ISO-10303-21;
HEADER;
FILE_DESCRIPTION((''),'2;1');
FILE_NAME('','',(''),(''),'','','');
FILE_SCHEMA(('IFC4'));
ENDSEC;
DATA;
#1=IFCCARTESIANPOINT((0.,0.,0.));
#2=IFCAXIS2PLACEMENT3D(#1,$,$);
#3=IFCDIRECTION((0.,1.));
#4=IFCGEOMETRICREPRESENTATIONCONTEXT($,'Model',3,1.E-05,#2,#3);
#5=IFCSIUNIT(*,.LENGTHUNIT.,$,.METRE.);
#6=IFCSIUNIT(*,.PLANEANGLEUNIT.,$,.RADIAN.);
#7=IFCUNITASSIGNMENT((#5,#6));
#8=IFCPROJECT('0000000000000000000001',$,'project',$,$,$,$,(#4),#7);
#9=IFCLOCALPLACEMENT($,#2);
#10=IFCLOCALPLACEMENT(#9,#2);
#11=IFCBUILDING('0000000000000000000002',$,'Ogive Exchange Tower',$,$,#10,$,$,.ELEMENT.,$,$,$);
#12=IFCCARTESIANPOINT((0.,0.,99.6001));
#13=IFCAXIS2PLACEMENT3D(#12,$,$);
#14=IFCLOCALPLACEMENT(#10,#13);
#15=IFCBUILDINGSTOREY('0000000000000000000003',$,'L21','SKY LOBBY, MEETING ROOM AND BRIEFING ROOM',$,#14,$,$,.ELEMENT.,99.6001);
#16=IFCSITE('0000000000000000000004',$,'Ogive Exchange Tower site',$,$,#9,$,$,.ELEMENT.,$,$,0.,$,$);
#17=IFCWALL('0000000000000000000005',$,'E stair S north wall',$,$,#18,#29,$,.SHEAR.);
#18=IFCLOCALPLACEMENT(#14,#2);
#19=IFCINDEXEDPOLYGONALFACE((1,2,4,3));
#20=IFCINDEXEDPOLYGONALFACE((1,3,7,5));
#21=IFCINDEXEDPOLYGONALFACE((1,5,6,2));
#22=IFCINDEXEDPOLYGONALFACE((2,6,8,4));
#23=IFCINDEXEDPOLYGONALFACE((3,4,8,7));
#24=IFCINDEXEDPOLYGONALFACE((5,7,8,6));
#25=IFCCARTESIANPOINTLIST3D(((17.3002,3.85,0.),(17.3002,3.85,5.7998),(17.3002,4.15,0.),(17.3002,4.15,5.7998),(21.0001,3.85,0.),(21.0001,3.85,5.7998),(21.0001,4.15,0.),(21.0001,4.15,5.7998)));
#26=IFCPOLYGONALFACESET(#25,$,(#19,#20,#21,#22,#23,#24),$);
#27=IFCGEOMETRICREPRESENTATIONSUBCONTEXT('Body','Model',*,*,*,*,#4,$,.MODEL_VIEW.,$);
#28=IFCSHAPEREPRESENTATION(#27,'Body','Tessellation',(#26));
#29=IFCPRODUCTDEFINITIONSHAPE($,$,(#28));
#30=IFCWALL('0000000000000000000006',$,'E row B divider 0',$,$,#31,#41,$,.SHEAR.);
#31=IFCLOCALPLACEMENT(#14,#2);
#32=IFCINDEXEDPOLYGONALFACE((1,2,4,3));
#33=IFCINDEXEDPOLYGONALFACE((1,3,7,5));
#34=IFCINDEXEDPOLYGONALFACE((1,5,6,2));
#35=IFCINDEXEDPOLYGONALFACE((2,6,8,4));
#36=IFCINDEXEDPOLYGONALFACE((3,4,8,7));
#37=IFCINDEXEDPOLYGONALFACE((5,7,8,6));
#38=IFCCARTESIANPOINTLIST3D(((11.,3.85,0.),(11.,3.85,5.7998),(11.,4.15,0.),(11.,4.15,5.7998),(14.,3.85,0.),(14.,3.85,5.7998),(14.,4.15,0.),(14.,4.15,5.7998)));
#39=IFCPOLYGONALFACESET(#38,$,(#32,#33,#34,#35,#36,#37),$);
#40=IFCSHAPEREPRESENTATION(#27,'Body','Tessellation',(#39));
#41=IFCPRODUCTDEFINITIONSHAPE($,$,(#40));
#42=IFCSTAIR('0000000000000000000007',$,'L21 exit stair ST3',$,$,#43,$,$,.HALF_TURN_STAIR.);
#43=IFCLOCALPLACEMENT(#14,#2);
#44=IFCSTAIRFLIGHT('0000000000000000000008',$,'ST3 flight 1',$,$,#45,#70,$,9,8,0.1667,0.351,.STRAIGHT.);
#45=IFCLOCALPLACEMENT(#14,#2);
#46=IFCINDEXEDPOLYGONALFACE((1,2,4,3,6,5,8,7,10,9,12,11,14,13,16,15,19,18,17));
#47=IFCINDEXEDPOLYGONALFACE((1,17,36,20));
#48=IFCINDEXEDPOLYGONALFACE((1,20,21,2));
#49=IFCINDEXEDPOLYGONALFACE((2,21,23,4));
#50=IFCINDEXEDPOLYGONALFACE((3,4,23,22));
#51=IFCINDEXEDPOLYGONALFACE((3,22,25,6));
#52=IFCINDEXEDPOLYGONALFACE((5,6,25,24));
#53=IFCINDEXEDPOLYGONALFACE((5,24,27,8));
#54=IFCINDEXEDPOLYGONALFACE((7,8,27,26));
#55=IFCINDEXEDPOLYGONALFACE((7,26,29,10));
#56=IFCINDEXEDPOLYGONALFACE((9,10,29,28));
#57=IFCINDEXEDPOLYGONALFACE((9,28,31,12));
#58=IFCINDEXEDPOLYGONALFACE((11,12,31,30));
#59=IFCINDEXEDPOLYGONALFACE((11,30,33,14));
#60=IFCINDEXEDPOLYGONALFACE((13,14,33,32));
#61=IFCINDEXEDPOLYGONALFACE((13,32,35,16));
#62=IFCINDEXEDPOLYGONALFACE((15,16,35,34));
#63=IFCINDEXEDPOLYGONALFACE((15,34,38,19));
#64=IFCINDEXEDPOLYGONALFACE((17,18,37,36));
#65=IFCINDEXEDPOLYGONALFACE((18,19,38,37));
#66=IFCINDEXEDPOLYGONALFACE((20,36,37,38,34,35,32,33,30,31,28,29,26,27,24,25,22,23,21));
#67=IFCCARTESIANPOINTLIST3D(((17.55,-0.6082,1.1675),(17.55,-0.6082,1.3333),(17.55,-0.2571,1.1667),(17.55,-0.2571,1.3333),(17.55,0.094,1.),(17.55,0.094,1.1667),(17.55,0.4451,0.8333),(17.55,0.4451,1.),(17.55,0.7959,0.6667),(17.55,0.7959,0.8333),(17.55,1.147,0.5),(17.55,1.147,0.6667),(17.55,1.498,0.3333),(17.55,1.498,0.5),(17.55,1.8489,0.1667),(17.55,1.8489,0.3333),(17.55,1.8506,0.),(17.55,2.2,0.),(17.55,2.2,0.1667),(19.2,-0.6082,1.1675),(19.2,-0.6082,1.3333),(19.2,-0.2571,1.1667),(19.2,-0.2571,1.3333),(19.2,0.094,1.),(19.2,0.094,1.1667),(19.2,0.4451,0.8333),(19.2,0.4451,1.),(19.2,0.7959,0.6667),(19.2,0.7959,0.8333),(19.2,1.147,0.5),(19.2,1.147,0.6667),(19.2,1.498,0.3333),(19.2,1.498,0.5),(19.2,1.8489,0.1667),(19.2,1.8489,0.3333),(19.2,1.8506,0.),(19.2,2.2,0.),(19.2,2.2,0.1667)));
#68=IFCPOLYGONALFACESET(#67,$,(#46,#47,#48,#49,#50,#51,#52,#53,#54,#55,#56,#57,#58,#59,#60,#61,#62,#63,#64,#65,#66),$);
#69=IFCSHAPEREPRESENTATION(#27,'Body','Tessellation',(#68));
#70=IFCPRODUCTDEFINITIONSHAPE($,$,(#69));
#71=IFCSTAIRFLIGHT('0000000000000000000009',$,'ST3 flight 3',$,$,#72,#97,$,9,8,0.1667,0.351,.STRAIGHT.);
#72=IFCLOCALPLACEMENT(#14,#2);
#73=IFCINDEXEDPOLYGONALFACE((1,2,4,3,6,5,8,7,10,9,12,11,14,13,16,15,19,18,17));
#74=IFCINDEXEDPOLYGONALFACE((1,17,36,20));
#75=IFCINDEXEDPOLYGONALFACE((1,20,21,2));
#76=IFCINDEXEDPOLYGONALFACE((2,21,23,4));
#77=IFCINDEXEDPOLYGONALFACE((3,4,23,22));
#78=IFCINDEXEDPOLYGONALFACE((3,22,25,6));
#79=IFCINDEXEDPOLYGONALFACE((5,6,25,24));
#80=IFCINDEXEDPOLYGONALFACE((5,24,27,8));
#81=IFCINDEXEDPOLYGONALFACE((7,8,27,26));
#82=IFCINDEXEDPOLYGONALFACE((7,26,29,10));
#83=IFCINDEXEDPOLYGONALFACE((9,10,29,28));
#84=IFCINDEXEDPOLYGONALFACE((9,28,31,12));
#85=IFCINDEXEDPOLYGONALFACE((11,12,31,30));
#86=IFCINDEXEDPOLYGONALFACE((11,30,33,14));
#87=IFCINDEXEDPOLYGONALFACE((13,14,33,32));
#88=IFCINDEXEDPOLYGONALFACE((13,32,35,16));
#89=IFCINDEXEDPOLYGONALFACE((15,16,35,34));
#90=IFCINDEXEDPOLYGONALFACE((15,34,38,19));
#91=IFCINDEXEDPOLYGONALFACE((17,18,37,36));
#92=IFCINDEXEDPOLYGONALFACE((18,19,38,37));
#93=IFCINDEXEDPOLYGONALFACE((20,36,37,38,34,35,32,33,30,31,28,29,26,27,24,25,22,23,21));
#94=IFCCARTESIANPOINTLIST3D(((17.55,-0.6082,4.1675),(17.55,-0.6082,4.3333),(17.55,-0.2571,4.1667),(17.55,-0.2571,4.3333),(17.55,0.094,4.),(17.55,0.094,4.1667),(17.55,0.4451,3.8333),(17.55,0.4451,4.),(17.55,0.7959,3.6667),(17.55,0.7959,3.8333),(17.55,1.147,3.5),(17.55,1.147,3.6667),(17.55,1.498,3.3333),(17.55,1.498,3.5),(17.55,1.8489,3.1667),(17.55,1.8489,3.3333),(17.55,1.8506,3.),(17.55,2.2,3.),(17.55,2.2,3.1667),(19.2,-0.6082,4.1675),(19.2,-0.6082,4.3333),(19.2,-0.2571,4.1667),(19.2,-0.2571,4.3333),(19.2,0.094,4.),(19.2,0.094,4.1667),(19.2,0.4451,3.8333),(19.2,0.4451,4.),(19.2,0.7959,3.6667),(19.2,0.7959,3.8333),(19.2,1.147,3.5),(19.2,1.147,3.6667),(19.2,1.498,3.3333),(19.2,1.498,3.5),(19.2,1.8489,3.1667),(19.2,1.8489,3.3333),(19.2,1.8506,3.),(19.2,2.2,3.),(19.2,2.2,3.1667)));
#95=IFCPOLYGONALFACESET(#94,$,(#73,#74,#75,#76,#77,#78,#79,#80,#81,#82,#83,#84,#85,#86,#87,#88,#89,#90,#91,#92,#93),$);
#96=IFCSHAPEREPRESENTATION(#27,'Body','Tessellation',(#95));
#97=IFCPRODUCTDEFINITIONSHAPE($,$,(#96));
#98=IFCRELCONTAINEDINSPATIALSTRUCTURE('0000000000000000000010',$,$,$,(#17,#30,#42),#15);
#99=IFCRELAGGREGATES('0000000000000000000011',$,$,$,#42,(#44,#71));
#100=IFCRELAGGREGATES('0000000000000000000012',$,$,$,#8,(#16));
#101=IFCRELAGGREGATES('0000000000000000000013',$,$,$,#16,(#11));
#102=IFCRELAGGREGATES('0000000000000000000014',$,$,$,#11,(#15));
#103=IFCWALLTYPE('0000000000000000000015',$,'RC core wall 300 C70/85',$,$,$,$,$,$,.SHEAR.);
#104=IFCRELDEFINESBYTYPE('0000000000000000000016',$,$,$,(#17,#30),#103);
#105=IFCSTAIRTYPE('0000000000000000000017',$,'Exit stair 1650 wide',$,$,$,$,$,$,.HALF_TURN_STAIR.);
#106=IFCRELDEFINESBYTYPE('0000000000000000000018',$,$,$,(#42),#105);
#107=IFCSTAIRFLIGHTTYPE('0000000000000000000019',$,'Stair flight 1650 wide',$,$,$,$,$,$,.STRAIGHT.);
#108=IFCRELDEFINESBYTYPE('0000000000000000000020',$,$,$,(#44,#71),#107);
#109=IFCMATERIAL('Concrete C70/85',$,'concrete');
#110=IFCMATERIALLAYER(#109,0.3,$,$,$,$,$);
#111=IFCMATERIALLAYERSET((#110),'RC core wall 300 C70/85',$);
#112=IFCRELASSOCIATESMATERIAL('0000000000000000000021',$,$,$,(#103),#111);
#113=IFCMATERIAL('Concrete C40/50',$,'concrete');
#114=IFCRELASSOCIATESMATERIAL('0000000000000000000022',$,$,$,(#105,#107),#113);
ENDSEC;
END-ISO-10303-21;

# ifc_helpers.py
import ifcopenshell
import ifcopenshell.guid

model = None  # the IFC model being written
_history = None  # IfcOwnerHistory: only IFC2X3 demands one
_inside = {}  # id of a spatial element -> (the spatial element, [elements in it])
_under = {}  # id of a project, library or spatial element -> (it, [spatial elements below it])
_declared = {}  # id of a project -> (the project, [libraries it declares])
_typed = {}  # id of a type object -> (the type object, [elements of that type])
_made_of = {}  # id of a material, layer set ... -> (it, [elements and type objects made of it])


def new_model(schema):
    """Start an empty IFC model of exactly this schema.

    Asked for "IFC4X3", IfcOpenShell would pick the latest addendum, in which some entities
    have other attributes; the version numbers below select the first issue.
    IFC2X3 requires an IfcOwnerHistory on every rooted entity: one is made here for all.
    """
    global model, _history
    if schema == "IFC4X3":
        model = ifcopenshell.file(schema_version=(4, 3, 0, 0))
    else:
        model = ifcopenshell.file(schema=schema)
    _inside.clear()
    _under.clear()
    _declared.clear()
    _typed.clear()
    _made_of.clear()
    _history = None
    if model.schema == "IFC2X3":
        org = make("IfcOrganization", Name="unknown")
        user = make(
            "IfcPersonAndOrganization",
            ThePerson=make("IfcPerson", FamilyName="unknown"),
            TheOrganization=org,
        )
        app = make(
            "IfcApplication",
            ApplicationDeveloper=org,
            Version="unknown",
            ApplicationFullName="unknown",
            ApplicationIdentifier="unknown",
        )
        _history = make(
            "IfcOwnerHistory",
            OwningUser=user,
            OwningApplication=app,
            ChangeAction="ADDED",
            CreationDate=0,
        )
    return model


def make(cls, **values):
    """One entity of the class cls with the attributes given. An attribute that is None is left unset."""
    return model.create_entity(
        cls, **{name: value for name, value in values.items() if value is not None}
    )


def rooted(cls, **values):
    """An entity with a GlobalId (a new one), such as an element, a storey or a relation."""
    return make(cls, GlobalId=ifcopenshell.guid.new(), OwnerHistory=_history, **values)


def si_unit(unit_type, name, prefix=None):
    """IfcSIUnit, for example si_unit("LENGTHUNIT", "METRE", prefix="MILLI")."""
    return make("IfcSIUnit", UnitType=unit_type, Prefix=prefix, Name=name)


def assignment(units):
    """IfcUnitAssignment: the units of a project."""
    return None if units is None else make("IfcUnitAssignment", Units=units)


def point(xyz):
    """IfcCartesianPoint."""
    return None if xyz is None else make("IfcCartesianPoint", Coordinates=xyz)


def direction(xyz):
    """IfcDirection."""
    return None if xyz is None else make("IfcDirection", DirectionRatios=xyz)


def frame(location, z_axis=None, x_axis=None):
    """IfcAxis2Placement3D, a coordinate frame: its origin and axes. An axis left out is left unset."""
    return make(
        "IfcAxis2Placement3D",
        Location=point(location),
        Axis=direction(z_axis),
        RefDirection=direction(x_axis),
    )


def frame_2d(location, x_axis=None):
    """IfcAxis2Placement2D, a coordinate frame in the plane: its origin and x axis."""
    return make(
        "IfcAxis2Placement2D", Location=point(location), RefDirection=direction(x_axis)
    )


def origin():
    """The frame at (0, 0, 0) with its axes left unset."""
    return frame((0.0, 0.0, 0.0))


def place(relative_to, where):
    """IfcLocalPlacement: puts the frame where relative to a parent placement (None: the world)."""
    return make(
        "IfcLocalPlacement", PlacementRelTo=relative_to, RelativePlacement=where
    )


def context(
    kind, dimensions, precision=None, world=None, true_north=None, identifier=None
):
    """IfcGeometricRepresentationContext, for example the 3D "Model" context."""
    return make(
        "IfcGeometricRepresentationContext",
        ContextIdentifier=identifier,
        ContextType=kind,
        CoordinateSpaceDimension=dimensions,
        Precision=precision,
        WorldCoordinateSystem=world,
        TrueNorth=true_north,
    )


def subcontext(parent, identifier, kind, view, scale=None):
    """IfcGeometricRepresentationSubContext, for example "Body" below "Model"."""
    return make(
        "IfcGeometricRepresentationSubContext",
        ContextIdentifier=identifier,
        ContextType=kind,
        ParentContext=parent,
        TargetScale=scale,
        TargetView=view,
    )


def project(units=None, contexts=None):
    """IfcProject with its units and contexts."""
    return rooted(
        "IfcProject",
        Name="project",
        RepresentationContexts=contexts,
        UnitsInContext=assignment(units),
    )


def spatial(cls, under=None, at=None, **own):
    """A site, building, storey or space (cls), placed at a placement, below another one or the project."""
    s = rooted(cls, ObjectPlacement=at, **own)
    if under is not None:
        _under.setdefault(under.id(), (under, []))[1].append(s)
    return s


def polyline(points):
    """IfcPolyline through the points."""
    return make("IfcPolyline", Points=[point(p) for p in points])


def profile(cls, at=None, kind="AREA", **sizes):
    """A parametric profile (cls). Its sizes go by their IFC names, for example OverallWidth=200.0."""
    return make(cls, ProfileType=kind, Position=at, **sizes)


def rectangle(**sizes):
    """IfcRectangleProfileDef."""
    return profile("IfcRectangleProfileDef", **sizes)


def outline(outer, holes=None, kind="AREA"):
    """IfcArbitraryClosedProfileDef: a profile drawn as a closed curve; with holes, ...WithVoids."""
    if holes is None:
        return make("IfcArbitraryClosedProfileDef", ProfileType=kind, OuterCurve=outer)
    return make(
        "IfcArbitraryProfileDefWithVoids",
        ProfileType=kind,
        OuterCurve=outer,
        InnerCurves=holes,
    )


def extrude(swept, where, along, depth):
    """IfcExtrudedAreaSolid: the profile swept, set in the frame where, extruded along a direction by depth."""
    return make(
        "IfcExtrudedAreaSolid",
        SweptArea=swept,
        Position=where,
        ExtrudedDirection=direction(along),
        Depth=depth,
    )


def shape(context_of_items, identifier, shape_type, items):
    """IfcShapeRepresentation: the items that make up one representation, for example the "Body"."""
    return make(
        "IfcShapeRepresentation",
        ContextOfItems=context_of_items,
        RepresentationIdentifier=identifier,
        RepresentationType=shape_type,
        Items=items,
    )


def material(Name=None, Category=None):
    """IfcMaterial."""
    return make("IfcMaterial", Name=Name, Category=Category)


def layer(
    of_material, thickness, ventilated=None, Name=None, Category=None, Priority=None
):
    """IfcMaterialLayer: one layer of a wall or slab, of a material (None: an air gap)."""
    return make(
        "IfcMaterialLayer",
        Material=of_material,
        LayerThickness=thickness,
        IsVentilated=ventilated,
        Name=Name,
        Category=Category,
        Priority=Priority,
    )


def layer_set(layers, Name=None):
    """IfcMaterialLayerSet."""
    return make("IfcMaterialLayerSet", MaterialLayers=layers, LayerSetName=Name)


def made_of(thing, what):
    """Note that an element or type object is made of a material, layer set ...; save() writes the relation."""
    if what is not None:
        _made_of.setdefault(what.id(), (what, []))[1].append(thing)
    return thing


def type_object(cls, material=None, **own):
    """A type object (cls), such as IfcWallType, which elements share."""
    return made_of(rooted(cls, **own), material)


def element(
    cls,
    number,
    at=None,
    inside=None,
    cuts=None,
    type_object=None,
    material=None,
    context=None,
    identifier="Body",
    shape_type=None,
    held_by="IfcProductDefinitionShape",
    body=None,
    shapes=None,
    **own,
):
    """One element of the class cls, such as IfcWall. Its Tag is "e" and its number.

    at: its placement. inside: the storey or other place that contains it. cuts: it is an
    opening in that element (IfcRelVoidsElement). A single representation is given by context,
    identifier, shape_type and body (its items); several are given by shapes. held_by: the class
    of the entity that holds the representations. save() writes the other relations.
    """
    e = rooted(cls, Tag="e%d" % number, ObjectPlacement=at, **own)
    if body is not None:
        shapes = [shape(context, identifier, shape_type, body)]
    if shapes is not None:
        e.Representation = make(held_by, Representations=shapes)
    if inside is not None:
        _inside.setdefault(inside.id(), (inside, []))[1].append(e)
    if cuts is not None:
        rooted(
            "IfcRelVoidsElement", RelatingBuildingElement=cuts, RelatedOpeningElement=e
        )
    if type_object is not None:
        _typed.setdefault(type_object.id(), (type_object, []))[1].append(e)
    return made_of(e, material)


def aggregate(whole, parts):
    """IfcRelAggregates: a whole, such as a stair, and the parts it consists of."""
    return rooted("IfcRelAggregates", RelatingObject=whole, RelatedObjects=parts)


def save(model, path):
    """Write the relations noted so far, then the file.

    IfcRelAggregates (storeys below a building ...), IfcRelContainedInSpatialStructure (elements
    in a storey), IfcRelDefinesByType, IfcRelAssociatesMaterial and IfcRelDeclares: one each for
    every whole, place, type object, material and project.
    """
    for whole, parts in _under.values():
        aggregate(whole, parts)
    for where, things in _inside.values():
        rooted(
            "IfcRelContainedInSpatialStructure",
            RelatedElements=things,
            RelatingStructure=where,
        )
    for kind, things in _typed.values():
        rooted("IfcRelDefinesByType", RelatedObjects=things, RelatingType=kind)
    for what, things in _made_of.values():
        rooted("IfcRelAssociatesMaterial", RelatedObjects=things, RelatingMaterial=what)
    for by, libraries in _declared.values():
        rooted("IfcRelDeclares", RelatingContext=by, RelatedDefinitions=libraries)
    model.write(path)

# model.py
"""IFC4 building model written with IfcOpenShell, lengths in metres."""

from ifc_helpers import new_model, si_unit, direction, frame, frame_2d, origin, place, context, subcontext, project, spatial, polyline, rectangle, outline, extrude, material, layer, layer_set, type_object, element, aggregate, save


model = new_model("IFC4")

# Units and contexts
model_context = context("Model", 3, precision=1e-05, world=origin(), true_north=direction((0.0, 1.0)))
body_context = subcontext(model_context, "Body", "Model", "MODEL_VIEW")
ifc_project = project(units=[si_unit("LENGTHUNIT", "METRE"), si_unit("PLANEANGLEUNIT", "RADIAN")], contexts=[model_context])

# Site, building, storey
site_placement = place(None, origin())
site = spatial("IfcSite", under=ifc_project, at=site_placement, Name="Ogive Exchange Tower site", CompositionType="ELEMENT", RefElevation=0.0)
building_placement = place(site_placement, origin())
building = spatial("IfcBuilding", under=site, at=building_placement, Name="Ogive Exchange Tower", CompositionType="ELEMENT")
storey_placement = place(building_placement, frame((0.0, 0.0, 99.6001)))
storey = spatial("IfcBuildingStorey", under=building, at=storey_placement, Name="L21", Description="SKY LOBBY, MEETING ROOM AND BRIEFING ROOM", CompositionType="ELEMENT", Elevation=99.6001)

# Shared definitions
ifc_material_1 = material(Name="Concrete C70/85", Category="concrete")

# Walls
ifc_layer_1 = layer(ifc_material_1, 0.3)
ifc_layer_set_1 = layer_set([ifc_layer_1], Name="RC core wall 300 C70/85")
wall_type_1 = type_object("IfcWallType", Name="RC core wall 300 C70/85", PredefinedType="SHEAR", material=ifc_layer_set_1)
wall_1_placement = place(storey_placement, frame((17.3, 4.0, 0.0), z_axis=(0.0, 0.0, 1.0), x_axis=(1.0, 0.0, 0.0)))
element("IfcWall", 1, at=wall_1_placement, inside=storey, type_object=wall_type_1, Name="E stair S north wall", PredefinedType="SHEAR", context=body_context, shape_type="SweptSolid", body=[
    extrude(rectangle(XDim=3.7, YDim=0.3, at=frame_2d((1.8501, 0.0))), origin(), (0.0, 0.0, 1.0), 5.7998),
])
wall_2_placement = place(storey_placement, frame((11.0, 4.0, 0.0), z_axis=(0.0, 0.0, 1.0), x_axis=(1.0, 0.0, 0.0)))
element("IfcWall", 2, at=wall_2_placement, inside=storey, type_object=wall_type_1, Name="E row B divider 0", PredefinedType="SHEAR", context=body_context, shape_type="SweptSolid", body=[
    extrude(rectangle(XDim=3.0, YDim=0.3, at=frame_2d((1.5, 0.0))), origin(), (0.0, 0.0, 1.0), 5.7998),
])

# Stair, stair flights
ifc_material_2 = material(Name="Concrete C40/50", Category="concrete")
stair_type = type_object("IfcStairType", Name="Exit stair 1650 wide", PredefinedType="HALF_TURN_STAIR", material=ifc_material_2)
stair_placement = place(storey_placement, origin())
stair = element("IfcStair", 3, at=stair_placement, inside=storey, type_object=stair_type, Name="L21 exit stair ST3", PredefinedType="HALF_TURN_STAIR")
stair_flight_type = type_object("IfcStairFlightType", Name="Stair flight 1650 wide", PredefinedType="STRAIGHT", material=ifc_material_2)
stair_flight_1_placement = place(storey_placement, frame((18.375, 2.2, 0.0), z_axis=(0.0, 0.0, 1.0), x_axis=(0.0, -1.0, 0.0)))
stair_flight_1 = element("IfcStairFlight", 4, at=stair_flight_1_placement, type_object=stair_flight_type, Name="ST3 flight 1", NumberOfRisers=9, NumberOfTreads=8, PredefinedType="STRAIGHT", RiserHeight=0.1667, TreadLength=0.351, context=body_context, shape_type="SweptSolid", body=[
    extrude(outline(polyline([(0.0, 0.0), (0.0, 0.1667), (0.3511, 0.1667), (0.3511, 0.3333), (0.7019, 0.3333), (0.7019, 0.5), (1.053, 0.5), (1.053, 0.6667), (1.4041, 0.6667), (1.4041, 0.8333), (1.7549, 0.8333), (1.7549, 1.0), (2.106, 1.0), (2.106, 1.1667), (2.457, 1.1667), (2.457, 1.3333), (2.8081, 1.3333), (2.8081, 1.5), (2.8081, 1.1675), (0.3494, 0.0), (0.0, 0.0)])), frame((0.0, 0.825, 0.0), z_axis=(0.0, -1.0, 0.0), x_axis=(1.0, 0.0, 0.0)), (0.0, 0.0, 1.0), 1.6499),
])
stair_flight_2_placement = place(storey_placement, frame((18.375, 2.2, 3.0), z_axis=(0.0, 0.0, 1.0), x_axis=(0.0, -1.0, 0.0)))
stair_flight_2 = element("IfcStairFlight", 5, at=stair_flight_2_placement, type_object=stair_flight_type, Name="ST3 flight 3", NumberOfRisers=9, NumberOfTreads=8, PredefinedType="STRAIGHT", RiserHeight=0.1667, TreadLength=0.351, context=body_context, shape_type="SweptSolid", body=[
    extrude(outline(polyline([(0.0, 0.0), (0.0, 0.1667), (0.3511, 0.1667), (0.3511, 0.3333), (0.7019, 0.3333), (0.7019, 0.5), (1.053, 0.5), (1.053, 0.6667), (1.4041, 0.6667), (1.4041, 0.8333), (1.7549, 0.8333), (1.7549, 1.0), (2.106, 1.0), (2.106, 1.1667), (2.457, 1.1667), (2.457, 1.3333), (2.8081, 1.3333), (2.8081, 1.5), (2.8081, 1.1675), (0.3494, 0.0), (0.0, 0.0)])), frame((0.0, 0.825, 0.0), z_axis=(0.0, -1.0, 0.0), x_axis=(1.0, 0.0, 0.0)), (0.0, 0.0, 1.0), 1.6499),
])
aggregate(stair, [stair_flight_1, stair_flight_2])

save(model, "model.ifc")
